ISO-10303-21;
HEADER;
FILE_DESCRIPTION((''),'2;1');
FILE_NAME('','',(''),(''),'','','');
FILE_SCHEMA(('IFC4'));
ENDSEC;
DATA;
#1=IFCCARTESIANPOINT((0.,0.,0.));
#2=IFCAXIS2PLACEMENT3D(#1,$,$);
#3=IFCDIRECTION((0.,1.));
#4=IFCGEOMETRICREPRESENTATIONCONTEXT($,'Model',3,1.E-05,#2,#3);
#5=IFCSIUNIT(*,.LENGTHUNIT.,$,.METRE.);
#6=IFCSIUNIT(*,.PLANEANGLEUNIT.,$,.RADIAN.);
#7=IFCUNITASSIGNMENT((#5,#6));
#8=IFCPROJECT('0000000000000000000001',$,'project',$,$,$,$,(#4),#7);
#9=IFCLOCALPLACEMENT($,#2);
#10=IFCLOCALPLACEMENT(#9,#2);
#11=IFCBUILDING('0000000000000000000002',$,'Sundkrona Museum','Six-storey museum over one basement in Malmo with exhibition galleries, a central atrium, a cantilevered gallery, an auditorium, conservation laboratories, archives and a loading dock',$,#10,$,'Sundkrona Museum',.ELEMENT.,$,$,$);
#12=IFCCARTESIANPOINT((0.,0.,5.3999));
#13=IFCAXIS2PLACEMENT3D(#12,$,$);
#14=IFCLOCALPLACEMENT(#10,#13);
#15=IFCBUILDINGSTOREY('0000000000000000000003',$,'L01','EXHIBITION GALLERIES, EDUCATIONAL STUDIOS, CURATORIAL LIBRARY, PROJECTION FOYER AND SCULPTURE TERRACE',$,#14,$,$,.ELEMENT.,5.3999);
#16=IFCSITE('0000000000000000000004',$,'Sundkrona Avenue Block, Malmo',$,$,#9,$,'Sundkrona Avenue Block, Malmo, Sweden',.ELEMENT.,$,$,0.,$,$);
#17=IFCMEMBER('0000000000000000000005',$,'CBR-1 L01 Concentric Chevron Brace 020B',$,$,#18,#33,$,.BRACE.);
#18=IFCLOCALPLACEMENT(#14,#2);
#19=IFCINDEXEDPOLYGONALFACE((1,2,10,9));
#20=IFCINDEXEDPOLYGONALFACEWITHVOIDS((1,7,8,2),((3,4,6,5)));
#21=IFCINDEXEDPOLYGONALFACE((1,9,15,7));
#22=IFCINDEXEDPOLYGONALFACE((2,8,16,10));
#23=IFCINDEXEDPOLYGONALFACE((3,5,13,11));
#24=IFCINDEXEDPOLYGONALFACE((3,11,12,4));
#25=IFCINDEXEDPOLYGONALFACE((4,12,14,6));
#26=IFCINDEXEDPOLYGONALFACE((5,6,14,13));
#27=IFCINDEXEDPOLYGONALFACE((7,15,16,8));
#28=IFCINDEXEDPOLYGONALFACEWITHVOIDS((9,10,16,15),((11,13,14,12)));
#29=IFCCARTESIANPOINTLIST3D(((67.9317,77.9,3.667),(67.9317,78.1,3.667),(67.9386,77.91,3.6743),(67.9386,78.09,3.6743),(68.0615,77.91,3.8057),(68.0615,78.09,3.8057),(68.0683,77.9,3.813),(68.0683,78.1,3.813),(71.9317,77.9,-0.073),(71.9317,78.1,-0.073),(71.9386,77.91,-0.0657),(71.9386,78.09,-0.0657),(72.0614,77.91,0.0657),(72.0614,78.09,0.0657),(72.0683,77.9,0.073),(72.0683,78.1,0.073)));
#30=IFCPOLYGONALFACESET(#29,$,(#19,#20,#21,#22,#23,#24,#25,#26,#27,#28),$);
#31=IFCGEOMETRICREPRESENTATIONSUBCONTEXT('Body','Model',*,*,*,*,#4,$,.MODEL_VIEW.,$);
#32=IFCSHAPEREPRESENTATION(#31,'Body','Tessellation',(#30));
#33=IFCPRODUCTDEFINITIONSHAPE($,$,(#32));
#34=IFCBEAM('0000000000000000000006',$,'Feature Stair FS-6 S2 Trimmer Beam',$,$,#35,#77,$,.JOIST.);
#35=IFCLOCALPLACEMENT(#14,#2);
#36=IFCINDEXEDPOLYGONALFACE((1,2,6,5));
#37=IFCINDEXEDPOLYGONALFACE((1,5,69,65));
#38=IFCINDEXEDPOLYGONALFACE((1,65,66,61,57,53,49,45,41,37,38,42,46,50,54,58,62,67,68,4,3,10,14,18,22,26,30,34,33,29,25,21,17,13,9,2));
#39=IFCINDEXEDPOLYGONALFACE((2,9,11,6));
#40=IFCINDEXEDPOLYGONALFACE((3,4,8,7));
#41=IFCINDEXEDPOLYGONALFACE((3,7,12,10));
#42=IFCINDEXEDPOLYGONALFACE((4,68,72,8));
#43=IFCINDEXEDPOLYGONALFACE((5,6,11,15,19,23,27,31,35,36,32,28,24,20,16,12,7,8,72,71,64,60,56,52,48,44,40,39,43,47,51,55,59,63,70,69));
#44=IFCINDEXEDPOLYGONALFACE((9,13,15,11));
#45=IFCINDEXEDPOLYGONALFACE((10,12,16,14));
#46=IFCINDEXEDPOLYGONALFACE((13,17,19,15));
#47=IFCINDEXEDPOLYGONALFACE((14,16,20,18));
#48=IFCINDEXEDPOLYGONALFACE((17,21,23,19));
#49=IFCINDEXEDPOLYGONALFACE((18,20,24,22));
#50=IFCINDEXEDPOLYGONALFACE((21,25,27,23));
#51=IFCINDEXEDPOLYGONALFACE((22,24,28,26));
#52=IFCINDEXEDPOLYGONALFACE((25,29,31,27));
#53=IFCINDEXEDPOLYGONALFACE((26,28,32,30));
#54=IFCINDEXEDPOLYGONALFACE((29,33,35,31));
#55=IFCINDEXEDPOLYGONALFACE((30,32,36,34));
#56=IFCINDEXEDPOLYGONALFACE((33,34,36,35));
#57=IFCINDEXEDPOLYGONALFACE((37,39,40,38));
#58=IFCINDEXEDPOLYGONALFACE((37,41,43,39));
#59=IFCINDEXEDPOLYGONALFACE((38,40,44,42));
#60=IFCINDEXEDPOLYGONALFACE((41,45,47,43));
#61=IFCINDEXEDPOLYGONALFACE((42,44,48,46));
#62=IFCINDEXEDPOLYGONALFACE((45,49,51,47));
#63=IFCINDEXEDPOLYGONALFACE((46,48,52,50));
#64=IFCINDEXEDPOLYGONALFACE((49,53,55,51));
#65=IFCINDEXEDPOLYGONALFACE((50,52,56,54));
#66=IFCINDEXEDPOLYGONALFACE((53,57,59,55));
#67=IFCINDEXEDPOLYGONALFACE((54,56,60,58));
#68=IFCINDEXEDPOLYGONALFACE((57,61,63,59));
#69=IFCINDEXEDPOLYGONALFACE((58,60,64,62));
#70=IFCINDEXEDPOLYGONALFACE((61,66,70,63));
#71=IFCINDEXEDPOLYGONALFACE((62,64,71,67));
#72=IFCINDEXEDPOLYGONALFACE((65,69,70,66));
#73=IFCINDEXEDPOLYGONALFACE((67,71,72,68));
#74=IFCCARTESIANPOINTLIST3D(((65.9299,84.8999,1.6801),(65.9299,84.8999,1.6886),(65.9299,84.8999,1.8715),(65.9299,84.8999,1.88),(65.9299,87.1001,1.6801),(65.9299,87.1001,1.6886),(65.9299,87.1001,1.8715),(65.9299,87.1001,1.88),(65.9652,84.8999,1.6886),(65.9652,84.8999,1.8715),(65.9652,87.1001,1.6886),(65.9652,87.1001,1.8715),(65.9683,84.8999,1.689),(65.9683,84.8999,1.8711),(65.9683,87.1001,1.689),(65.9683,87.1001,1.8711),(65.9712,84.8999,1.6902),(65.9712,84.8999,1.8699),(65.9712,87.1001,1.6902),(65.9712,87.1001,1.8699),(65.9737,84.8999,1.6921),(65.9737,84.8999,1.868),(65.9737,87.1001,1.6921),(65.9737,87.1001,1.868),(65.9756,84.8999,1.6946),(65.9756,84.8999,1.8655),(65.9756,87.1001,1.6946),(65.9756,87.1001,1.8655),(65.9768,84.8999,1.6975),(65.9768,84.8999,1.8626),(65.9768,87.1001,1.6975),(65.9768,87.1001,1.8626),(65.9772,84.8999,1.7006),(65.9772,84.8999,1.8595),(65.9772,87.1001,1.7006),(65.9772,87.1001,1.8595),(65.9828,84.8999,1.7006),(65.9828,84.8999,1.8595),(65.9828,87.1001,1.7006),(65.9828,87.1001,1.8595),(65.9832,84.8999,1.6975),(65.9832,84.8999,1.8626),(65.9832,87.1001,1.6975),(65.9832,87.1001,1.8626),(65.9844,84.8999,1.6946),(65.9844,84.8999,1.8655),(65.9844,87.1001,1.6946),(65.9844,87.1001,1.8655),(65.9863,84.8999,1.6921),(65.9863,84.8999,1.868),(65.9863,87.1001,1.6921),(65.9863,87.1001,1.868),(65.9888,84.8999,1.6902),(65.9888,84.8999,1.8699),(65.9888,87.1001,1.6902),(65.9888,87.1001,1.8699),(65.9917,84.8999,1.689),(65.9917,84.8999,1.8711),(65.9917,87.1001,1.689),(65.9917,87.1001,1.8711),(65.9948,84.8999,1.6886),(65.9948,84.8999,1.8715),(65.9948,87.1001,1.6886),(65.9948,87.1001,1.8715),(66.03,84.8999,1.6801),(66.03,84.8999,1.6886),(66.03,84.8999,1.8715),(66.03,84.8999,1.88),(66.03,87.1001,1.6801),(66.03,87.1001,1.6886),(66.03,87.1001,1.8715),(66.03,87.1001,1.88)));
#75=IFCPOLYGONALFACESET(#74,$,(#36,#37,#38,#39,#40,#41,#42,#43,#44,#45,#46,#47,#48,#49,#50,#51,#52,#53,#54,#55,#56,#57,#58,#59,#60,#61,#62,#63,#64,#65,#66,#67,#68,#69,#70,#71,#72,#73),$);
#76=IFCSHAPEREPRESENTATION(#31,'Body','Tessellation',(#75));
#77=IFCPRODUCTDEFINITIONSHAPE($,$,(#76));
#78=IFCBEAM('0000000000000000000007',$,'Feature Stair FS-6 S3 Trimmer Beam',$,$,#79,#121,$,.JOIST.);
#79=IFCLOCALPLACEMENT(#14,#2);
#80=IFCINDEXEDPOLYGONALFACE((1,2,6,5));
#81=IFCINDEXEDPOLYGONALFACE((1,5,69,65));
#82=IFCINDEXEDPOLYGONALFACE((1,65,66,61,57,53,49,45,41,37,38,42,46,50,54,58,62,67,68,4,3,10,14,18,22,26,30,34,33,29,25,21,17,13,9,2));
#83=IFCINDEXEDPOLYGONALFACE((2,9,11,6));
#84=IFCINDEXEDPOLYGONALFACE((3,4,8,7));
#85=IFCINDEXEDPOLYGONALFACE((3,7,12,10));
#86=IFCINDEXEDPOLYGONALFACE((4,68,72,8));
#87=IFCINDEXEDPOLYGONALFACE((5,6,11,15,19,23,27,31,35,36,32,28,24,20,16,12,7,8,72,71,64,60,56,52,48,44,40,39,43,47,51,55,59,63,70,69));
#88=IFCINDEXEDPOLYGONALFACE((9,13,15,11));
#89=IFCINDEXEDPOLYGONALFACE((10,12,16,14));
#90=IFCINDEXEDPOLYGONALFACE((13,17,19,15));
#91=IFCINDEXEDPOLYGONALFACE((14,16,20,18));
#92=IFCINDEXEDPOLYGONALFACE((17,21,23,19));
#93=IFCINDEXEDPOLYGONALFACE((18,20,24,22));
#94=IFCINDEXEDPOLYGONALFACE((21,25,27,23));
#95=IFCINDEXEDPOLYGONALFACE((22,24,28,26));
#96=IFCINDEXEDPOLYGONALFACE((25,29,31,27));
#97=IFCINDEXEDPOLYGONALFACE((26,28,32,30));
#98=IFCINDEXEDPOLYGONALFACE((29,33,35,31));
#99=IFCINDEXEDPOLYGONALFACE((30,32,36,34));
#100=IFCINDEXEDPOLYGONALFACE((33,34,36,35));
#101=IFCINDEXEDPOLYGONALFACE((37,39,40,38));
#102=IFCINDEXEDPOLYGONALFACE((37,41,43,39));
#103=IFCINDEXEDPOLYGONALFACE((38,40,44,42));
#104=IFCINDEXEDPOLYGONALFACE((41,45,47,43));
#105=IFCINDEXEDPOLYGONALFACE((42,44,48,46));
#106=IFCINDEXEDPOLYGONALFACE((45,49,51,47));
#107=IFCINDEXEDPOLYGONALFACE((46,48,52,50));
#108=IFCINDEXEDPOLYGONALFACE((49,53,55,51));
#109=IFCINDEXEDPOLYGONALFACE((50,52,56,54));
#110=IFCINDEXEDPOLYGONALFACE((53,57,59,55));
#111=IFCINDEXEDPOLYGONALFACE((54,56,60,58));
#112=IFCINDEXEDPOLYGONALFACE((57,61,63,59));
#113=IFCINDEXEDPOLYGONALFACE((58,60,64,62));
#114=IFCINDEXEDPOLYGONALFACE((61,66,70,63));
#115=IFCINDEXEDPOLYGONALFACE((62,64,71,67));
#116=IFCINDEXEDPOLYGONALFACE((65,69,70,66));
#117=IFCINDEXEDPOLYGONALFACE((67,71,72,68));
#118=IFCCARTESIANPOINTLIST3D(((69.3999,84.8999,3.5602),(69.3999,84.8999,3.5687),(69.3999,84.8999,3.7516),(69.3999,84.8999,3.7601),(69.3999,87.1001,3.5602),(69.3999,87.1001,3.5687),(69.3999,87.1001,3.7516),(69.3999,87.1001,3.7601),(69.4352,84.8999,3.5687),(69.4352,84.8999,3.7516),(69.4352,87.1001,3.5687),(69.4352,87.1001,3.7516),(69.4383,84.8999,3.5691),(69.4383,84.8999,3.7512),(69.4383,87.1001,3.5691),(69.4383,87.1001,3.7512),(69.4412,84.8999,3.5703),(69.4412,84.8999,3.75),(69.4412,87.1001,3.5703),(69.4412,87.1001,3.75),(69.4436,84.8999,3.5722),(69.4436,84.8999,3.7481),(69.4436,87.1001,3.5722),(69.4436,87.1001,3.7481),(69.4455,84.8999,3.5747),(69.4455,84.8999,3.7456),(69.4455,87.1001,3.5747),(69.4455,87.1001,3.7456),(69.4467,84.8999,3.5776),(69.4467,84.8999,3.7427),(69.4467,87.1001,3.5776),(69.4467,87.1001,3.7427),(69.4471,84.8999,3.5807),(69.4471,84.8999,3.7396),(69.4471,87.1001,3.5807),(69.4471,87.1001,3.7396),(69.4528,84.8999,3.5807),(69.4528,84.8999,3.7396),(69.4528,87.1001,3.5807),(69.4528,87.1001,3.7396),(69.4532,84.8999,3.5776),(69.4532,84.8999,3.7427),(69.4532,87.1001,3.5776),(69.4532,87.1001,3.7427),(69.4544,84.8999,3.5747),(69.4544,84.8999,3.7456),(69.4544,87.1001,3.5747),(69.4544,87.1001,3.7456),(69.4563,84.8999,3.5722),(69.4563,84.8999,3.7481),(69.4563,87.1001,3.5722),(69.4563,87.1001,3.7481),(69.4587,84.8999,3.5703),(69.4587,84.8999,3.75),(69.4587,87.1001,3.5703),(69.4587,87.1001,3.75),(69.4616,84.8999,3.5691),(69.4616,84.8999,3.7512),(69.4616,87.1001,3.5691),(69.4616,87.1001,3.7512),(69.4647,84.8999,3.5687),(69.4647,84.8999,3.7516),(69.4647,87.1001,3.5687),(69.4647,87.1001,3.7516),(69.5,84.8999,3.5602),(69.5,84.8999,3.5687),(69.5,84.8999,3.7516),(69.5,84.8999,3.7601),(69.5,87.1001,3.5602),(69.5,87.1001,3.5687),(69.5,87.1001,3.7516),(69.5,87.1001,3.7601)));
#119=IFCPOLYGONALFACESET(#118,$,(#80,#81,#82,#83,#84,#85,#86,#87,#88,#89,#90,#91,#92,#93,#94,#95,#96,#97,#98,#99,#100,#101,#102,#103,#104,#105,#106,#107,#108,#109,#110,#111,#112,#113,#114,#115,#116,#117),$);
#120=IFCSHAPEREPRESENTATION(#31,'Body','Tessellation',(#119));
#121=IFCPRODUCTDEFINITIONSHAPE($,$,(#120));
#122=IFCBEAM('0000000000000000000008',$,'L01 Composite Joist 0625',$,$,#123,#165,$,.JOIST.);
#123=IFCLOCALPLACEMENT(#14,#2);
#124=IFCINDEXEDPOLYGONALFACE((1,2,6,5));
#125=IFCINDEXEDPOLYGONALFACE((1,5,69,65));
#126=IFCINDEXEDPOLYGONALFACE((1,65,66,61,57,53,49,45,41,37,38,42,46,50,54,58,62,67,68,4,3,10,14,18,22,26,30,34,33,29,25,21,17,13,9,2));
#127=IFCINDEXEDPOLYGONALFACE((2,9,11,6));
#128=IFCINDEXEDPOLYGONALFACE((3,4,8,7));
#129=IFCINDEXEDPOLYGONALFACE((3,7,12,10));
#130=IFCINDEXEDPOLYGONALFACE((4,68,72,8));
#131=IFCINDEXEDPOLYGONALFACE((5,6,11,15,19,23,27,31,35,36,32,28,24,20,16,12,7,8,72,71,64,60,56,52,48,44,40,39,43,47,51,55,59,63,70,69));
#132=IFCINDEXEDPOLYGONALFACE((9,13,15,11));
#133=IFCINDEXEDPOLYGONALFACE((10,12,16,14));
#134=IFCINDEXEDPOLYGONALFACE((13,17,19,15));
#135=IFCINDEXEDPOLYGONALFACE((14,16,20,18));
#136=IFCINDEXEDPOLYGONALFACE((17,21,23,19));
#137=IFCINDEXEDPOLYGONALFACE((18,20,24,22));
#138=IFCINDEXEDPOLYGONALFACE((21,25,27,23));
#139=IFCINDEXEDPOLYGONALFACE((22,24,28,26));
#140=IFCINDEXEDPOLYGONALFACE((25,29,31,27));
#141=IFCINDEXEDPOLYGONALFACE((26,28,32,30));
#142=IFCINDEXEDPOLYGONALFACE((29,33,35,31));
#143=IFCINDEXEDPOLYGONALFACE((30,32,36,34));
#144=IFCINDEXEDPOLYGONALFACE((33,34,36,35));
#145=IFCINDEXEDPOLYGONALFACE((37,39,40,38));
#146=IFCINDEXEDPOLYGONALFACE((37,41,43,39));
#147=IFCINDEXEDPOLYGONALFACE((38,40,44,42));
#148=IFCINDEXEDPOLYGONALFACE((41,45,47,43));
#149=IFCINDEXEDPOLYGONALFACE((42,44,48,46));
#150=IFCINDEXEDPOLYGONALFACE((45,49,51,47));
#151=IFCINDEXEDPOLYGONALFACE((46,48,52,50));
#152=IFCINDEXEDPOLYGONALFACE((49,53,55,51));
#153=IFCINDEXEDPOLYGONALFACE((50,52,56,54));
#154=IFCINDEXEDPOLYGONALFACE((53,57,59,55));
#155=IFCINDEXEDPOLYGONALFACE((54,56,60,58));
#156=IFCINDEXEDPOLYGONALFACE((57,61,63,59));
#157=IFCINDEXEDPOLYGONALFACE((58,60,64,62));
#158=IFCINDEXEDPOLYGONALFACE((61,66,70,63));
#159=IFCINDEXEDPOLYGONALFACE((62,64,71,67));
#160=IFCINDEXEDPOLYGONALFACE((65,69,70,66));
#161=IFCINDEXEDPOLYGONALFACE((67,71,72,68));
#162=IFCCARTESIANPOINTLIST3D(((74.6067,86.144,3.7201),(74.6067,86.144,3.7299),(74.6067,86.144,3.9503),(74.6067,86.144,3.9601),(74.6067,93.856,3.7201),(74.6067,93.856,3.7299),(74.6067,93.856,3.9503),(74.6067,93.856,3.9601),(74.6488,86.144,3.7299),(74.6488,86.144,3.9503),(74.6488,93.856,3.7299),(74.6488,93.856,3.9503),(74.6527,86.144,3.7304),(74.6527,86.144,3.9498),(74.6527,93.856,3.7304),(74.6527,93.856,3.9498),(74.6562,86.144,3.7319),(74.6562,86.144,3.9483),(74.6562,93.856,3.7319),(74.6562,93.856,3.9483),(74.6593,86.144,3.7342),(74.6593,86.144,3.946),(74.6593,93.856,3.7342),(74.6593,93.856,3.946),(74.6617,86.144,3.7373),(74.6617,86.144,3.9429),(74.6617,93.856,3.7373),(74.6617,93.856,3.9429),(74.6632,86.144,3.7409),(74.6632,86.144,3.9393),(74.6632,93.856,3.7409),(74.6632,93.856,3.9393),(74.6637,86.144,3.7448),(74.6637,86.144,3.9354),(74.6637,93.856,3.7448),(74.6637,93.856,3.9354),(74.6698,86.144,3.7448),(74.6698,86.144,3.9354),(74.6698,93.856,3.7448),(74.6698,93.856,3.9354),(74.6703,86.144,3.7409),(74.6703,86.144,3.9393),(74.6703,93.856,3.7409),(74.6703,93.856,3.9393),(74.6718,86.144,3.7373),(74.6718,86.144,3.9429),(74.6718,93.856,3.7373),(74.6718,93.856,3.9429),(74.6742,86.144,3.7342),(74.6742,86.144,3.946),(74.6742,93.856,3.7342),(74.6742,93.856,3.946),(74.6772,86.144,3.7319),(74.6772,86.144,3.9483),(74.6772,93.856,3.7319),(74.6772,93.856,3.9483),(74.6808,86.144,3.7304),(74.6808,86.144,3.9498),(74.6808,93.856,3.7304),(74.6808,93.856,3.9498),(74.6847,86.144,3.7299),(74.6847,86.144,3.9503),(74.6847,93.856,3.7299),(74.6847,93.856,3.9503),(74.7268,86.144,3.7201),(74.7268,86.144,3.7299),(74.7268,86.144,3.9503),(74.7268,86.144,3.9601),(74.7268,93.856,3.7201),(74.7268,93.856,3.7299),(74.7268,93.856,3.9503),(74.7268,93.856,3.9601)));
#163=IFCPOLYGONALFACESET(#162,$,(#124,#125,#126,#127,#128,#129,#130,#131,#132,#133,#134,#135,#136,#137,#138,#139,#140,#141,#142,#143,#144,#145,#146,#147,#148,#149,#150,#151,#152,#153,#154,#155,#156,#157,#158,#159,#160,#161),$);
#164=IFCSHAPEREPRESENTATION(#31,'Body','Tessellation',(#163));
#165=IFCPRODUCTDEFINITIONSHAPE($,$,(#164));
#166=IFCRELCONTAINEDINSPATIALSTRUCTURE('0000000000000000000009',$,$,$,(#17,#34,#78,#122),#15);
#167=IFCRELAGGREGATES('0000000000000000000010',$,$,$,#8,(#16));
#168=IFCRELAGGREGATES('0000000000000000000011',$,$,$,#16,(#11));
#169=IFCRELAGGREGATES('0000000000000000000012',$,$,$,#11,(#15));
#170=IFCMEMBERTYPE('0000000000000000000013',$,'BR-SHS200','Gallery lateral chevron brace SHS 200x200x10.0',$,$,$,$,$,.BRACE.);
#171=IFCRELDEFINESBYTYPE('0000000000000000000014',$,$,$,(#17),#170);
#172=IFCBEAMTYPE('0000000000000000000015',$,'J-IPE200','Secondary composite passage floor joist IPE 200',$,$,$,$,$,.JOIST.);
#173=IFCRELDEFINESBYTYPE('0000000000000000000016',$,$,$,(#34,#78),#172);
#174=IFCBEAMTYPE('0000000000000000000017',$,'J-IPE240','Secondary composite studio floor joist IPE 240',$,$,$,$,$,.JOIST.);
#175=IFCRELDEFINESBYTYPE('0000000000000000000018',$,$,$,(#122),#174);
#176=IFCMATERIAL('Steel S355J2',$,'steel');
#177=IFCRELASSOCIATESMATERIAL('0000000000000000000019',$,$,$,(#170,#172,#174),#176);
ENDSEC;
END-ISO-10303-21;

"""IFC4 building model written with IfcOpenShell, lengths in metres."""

from ifc_helpers import new_model, si_unit, direction, frame, origin, origin_2d, place, context, subcontext, project, spatial, hollow_rectangle, i_section, extrude, material, material_profile, profile_set, type_object, element, save


model = new_model("IFC4")

# Units and contexts
model_context = context("Model", 3, precision=1e-05, world=origin(), true_north=direction((0.0, 1.0)))
body_context = subcontext(model_context, "Body", "Model", "MODEL_VIEW")
ifc_project = project(units=[si_unit("LENGTHUNIT", "METRE"), si_unit("PLANEANGLEUNIT", "RADIAN")], contexts=[model_context])

# Site, building, storey
site_placement = place(None, origin())
site = spatial("IfcSite", under=ifc_project, at=site_placement, Name="Sundkrona Avenue Block, Malmo", LongName="Sundkrona Avenue Block, Malmo, Sweden", CompositionType="ELEMENT", RefElevation=0.0)
building_placement = place(site_placement, origin())
building = spatial("IfcBuilding", under=site, at=building_placement, Name="Sundkrona Museum", Description="Six-storey museum over one basement in Malmo with exhibition galleries, a central atrium, a cantilevered gallery, an auditorium, conservation laboratories, archives and a loading dock", LongName="Sundkrona Museum", CompositionType="ELEMENT")
storey_placement = place(building_placement, frame((0.0, 0.0, 5.3999)))
storey = spatial("IfcBuildingStorey", under=building, at=storey_placement, Name="L01", Description="EXHIBITION GALLERIES, EDUCATIONAL STUDIOS, CURATORIAL LIBRARY, PROJECTION FOYER AND SCULPTURE TERRACE", CompositionType="ELEMENT", Elevation=5.3999)

# Shared definitions
ifc_material_1 = material(Name="Steel S355J2", Category="steel")

# Member
ifc_material_profile_1 = material_profile(ifc_material_1, hollow_rectangle(XDim=0.2, YDim=0.2, WallThickness=0.01, at=origin_2d()), Name="SHS 200x200x10.0")
ifc_profile_set_1 = profile_set([ifc_material_profile_1], Name="Steel S355J2")
member_type_1 = type_object("IfcMemberType", Name="BR-SHS200", Description="Gallery lateral chevron brace SHS 200x200x10.0", PredefinedType="BRACE", material=ifc_profile_set_1)
member_1_placement = place(storey_placement, frame((72.0, 78.0, 0.0), z_axis=(-0.730449, 0.0, 0.682968), x_axis=(0.0, -1.0, 0.0)))
element("IfcMember", 1, at=member_1_placement, inside=storey, type_object=member_type_1, Name="CBR-1 L01 Concentric Chevron Brace 020B", PredefinedType="BRACE", context=body_context, shape_type="SweptSolid", body=[
    extrude(hollow_rectangle(XDim=0.2, YDim=0.2, WallThickness=0.01, at=origin_2d()), origin(), (0.0, 0.0, 1.0), 5.4761),
])

# Beams
ifc_material_profile_2 = material_profile(ifc_material_1, i_section(OverallWidth=0.1001, OverallDepth=0.2, WebThickness=0.0056, FlangeThickness=0.0085, FilletRadius=0.012, at=origin_2d()), Name="IPE 200")
ifc_profile_set_2 = profile_set([ifc_material_profile_2], Name="Steel S355J2")
beam_type_1 = type_object("IfcBeamType", Name="J-IPE200", Description="Secondary composite passage floor joist IPE 200", PredefinedType="JOIST", material=ifc_profile_set_2)
for number, where, z_axis, x_axis, name in (
    (2, (65.98, 84.8999, 1.78), (0.0, 1.0, 0.0), (-1.0, 0.0, 0.0), "Feature Stair FS-6 S2 Trimmer Beam"),
    (3, (69.45, 84.8999, 3.6602), (0.0, 1.0, 0.0), (-1.0, 0.0, 0.0), "Feature Stair FS-6 S3 Trimmer Beam"),
):
    element("IfcBeam", number, at=place(storey_placement, frame(where, z_axis=z_axis, x_axis=x_axis)), inside=storey, type_object=beam_type_1, Name=name, PredefinedType="JOIST", context=body_context, shape_type="SweptSolid", body=[
        extrude(i_section(OverallWidth=0.1001, OverallDepth=0.2, WebThickness=0.0056, FlangeThickness=0.0085, FilletRadius=0.012, at=origin_2d()), origin(), (0.0, 0.0, 1.0), 2.2002),
    ])
ifc_material_profile_3 = material_profile(ifc_material_1, i_section(OverallWidth=0.1201, OverallDepth=0.24, WebThickness=0.0061, FlangeThickness=0.0098, FilletRadius=0.0149, at=origin_2d()), Name="IPE 240")
ifc_profile_set_3 = profile_set([ifc_material_profile_3], Name="Steel S355J2")
beam_type_2 = type_object("IfcBeamType", Name="J-IPE240", Description="Secondary composite studio floor joist IPE 240", PredefinedType="JOIST", material=ifc_profile_set_3)
beam_1_placement = place(storey_placement, frame((74.6667, 86.144, 3.8401), z_axis=(0.0, 1.0, 0.0), x_axis=(-1.0, 0.0, 0.0)))
element("IfcBeam", 4, at=beam_1_placement, inside=storey, type_object=beam_type_2, Name="L01 Composite Joist 0625", PredefinedType="JOIST", context=body_context, shape_type="SweptSolid", body=[
    extrude(i_section(OverallWidth=0.1201, OverallDepth=0.24, WebThickness=0.0061, FlangeThickness=0.0098, FilletRadius=0.0149, at=origin_2d()), origin(), (0.0, 0.0, 1.0), 7.7119),
])

save(model, "model.ifc")
